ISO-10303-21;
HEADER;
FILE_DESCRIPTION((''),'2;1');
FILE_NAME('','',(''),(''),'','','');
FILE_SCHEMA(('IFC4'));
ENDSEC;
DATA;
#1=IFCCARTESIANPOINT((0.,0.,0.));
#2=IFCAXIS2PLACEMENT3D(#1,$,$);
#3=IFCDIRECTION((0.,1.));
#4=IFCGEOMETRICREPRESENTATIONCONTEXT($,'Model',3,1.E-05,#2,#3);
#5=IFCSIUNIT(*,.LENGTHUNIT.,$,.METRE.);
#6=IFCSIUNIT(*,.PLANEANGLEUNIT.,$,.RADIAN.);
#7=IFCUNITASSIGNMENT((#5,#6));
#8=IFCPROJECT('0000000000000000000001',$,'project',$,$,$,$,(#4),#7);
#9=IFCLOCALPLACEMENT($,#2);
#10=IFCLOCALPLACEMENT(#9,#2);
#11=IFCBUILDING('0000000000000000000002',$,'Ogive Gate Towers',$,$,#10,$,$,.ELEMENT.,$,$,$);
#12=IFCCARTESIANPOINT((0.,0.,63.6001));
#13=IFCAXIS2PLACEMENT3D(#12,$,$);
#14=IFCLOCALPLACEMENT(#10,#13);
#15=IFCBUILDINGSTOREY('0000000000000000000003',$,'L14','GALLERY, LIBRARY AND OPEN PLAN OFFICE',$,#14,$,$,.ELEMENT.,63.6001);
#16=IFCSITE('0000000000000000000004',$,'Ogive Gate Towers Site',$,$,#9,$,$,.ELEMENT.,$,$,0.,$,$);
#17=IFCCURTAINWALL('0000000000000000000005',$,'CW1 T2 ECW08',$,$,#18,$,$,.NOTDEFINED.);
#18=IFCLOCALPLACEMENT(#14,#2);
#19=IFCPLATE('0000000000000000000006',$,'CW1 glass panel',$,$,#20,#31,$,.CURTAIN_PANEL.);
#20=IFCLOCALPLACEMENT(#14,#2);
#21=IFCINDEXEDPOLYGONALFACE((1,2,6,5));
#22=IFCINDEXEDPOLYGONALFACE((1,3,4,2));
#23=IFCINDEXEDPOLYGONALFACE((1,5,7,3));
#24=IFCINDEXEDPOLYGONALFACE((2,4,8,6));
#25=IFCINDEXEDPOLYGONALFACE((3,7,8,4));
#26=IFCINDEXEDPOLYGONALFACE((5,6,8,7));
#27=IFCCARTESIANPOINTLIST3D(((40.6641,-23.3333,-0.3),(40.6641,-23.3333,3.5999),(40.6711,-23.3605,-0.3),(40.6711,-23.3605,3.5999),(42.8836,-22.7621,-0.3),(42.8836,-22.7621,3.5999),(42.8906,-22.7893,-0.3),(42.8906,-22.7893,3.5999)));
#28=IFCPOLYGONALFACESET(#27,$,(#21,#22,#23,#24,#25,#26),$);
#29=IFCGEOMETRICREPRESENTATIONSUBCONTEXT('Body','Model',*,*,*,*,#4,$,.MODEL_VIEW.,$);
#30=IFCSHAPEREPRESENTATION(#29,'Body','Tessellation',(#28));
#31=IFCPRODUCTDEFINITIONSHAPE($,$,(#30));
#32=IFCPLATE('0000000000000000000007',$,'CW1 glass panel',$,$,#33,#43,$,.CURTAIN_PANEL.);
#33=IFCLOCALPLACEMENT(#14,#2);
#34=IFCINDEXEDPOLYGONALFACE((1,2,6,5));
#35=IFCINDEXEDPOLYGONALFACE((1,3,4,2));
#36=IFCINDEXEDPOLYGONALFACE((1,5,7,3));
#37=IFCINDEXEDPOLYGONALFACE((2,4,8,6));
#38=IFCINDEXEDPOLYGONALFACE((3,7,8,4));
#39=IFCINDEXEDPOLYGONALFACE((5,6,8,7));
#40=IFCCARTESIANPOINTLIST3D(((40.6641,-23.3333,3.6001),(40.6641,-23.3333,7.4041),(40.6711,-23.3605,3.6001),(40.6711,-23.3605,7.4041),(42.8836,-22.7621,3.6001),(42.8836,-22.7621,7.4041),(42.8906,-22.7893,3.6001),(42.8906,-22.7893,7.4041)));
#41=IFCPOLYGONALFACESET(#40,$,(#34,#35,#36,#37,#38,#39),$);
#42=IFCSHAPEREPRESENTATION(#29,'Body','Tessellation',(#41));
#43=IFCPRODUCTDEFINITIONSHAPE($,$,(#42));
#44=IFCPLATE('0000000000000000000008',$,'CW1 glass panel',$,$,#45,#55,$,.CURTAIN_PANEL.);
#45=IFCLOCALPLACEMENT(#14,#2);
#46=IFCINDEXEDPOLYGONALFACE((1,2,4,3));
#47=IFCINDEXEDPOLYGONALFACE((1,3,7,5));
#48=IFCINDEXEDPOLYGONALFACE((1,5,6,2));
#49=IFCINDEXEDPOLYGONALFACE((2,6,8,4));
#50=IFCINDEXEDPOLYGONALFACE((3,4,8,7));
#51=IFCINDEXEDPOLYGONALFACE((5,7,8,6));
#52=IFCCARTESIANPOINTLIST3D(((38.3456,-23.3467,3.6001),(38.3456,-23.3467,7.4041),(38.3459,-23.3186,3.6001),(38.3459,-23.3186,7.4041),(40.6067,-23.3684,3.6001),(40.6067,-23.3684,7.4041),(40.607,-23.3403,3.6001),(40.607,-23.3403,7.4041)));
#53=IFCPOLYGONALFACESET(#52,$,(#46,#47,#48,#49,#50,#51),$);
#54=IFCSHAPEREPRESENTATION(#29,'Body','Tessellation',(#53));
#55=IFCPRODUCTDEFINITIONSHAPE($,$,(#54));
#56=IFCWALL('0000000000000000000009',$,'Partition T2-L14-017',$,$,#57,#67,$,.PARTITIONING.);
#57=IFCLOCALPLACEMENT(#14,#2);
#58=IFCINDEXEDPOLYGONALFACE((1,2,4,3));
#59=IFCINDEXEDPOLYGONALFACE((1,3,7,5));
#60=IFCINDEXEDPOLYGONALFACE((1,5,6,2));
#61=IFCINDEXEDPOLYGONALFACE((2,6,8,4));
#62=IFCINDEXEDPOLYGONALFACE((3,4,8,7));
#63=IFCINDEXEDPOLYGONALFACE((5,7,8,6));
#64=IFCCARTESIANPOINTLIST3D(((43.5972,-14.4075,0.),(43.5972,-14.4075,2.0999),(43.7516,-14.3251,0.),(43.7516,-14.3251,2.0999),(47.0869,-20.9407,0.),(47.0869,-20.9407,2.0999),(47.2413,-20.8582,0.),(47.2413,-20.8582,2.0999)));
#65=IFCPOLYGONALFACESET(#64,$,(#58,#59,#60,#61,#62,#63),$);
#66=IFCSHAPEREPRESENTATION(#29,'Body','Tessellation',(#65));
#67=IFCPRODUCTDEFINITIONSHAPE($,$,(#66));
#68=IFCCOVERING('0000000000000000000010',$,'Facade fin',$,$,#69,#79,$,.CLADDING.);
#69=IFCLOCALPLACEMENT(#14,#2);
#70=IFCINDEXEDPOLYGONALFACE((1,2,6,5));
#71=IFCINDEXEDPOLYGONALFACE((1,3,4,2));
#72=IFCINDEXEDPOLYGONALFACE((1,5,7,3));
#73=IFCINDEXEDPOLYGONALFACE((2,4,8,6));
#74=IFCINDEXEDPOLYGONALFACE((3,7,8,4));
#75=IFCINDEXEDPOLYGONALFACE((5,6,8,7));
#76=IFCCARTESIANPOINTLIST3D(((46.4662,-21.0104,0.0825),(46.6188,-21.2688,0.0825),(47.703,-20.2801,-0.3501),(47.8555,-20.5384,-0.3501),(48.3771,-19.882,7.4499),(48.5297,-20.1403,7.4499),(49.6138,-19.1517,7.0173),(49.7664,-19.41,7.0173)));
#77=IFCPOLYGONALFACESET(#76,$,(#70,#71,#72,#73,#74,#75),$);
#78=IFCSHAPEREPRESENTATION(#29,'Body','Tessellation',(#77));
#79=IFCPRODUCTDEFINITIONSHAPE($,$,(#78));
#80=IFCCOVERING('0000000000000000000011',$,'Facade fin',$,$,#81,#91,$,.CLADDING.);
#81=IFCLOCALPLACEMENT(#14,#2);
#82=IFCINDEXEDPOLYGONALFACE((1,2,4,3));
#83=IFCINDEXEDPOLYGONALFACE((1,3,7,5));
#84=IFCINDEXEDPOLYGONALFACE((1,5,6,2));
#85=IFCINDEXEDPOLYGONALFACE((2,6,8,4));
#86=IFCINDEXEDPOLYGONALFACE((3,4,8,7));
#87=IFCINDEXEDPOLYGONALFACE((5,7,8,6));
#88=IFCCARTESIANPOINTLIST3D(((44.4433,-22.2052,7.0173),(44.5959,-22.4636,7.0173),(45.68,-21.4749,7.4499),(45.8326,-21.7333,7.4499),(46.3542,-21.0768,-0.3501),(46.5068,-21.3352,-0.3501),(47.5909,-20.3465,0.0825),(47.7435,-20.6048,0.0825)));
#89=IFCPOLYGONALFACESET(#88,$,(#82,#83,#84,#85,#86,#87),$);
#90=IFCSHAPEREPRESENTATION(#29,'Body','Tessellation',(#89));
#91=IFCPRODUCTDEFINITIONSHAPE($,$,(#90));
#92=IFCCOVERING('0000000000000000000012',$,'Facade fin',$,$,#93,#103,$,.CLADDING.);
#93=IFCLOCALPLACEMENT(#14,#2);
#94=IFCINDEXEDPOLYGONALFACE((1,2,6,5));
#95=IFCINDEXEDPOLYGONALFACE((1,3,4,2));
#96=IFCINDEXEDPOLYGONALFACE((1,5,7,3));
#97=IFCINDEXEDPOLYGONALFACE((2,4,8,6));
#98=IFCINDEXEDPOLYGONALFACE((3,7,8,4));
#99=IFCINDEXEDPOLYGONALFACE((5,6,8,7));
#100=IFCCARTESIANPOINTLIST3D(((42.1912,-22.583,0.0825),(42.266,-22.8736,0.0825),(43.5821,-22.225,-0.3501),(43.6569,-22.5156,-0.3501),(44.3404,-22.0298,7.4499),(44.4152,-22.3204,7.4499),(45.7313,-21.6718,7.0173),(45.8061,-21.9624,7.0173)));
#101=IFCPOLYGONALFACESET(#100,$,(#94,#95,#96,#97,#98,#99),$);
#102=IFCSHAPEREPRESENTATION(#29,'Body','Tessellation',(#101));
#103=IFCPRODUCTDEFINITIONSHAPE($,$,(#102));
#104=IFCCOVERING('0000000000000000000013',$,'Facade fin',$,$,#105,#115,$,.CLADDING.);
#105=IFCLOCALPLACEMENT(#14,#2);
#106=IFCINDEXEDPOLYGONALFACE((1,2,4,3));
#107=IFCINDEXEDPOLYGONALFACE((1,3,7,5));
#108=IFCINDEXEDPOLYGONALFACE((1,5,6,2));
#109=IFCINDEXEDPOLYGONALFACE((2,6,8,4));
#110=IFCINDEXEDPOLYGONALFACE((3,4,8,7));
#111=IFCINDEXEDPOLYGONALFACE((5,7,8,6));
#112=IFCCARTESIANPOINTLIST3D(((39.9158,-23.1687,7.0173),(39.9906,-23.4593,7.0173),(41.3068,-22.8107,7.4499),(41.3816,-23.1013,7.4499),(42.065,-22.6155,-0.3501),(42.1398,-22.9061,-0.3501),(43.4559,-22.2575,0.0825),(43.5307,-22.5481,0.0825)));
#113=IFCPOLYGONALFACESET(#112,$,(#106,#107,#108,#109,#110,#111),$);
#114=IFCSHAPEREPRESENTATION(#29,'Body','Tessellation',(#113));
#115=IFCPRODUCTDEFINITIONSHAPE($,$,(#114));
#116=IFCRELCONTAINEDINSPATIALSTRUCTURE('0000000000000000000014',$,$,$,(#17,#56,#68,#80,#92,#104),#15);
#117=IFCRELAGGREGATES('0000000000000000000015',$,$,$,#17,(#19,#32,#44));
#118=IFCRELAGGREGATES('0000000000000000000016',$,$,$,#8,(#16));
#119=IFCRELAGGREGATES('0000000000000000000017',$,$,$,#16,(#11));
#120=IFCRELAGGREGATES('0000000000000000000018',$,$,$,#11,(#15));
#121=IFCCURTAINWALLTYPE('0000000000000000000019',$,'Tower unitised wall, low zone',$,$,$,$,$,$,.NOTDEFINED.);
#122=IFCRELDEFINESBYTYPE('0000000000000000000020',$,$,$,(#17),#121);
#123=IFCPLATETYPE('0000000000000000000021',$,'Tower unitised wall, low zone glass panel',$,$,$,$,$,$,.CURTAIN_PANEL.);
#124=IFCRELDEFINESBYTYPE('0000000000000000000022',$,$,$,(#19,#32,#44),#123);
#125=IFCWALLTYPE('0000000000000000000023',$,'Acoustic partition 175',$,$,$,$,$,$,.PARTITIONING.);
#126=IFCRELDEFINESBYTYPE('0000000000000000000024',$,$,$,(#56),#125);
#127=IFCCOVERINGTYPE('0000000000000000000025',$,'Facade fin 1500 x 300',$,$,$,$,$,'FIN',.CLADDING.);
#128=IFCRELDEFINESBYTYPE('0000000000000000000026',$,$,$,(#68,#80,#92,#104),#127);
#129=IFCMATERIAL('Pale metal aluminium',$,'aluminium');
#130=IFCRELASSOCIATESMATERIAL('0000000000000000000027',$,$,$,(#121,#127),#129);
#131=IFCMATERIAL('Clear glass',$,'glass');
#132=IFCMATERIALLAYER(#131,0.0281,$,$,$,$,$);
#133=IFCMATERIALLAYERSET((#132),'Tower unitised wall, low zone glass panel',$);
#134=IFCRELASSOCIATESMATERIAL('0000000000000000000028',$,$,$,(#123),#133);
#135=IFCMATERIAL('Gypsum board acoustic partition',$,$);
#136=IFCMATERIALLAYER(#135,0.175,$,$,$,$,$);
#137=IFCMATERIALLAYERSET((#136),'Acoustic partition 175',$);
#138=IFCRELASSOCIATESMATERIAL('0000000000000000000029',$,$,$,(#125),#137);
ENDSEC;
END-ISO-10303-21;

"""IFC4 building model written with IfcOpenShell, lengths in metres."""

from ifc_helpers import new_model, si_unit, direction, frame, frame_2d, origin, origin_2d, place, context, subcontext, project, spatial, rectangle, extrude, material, layer, layer_set, material_profile, profile_set, type_object, element, aggregate, save


model = new_model("IFC4")

# Units and contexts
model_context = context("Model", 3, precision=1e-05, world=origin(), true_north=direction((0.0, 1.0)))
body_context = subcontext(model_context, "Body", "Model", "MODEL_VIEW")
ifc_project = project(units=[si_unit("LENGTHUNIT", "METRE"), si_unit("PLANEANGLEUNIT", "RADIAN")], contexts=[model_context])

# Site, building, storey
site_placement = place(None, origin())
site = spatial("IfcSite", under=ifc_project, at=site_placement, Name="Ogive Gate Towers Site", CompositionType="ELEMENT", RefElevation=0.0)
building_placement = place(site_placement, origin())
building = spatial("IfcBuilding", under=site, at=building_placement, Name="Ogive Gate Towers", CompositionType="ELEMENT")
storey_placement = place(building_placement, frame((0.0, 0.0, 63.6001)))
storey = spatial("IfcBuildingStorey", under=building, at=storey_placement, Name="L14", Description="GALLERY, LIBRARY AND OPEN PLAN OFFICE", CompositionType="ELEMENT", Elevation=63.6001)

# Curtain wall, plates
ifc_material_1 = material(Name="Pale metal aluminium", Category="aluminium")
curtain_wall_type = type_object("IfcCurtainWallType", Name="Tower unitised wall, low zone", PredefinedType="NOTDEFINED", material=ifc_material_1)
curtain_wall_placement = place(storey_placement, origin())
curtain_wall = element("IfcCurtainWall", 1, at=curtain_wall_placement, inside=storey, type_object=curtain_wall_type, Name="CW1 T2 ECW08", PredefinedType="NOTDEFINED")
ifc_material_2 = material(Name="Clear glass", Category="glass")
ifc_layer_1 = layer(ifc_material_2, 0.0281)
ifc_layer_set_1 = layer_set([ifc_layer_1], Name="Tower unitised wall, low zone glass panel")
plate_type = type_object("IfcPlateType", Name="Tower unitised wall, low zone glass panel", PredefinedType="CURTAIN_PANEL", material=ifc_layer_set_1)
plate_1_placement = place(storey_placement, frame((41.7773, -23.0613, -0.3), z_axis=(0.0, 0.0, 1.0), x_axis=(-0.96844, -0.249248, 0.0)))
plate_1 = element("IfcPlate", 2, at=plate_1_placement, type_object=plate_type, Name="CW1 glass panel", PredefinedType="CURTAIN_PANEL", context=body_context, shape_type="SweptSolid", body=[
    extrude(rectangle(XDim=2.2917, YDim=0.0281, at=origin_2d()), origin(), (0.0, 0.0, 1.0), 3.8999),
])
plate_2_placement = place(storey_placement, frame((41.7773, -23.0613, 3.6001), z_axis=(0.0, 0.0, 1.0), x_axis=(-0.96844, -0.249248, 0.0)))
plate_2 = element("IfcPlate", 3, at=plate_2_placement, type_object=plate_type, Name="CW1 glass panel", PredefinedType="CURTAIN_PANEL", context=body_context, shape_type="SweptSolid", body=[
    extrude(rectangle(XDim=2.2917, YDim=0.0281, at=origin_2d()), origin(), (0.0, 0.0, 1.0), 3.804),
])
plate_3_placement = place(storey_placement, frame((39.4763, -23.3435, 3.6001), z_axis=(0.0, 0.0, 1.0), x_axis=(-0.999954, 0.009582, 0.0)))
plate_3 = element("IfcPlate", 4, at=plate_3_placement, type_object=plate_type, Name="CW1 glass panel", PredefinedType="CURTAIN_PANEL", context=body_context, shape_type="SweptSolid", body=[
    extrude(rectangle(XDim=2.2612, YDim=0.0281, at=origin_2d()), origin(), (0.0, 0.0, 1.0), 3.804),
])
aggregate(curtain_wall, [plate_1, plate_2, plate_3])

# Wall
ifc_material_3 = material(Name="Gypsum board acoustic partition")
ifc_layer_2 = layer(ifc_material_3, 0.175)
ifc_layer_set_2 = layer_set([ifc_layer_2], Name="Acoustic partition 175")
wall_type = type_object("IfcWallType", Name="Acoustic partition 175", PredefinedType="PARTITIONING", material=ifc_layer_set_2)
wall_placement = place(storey_placement, frame((47.1641, -20.8994, 0.0), z_axis=(0.0, 0.0, 1.0), x_axis=(-0.471153, 0.882052, 0.0)))
element("IfcWall", 5, at=wall_placement, inside=storey, type_object=wall_type, Name="Partition T2-L14-017", PredefinedType="PARTITIONING", context=body_context, shape_type="SweptSolid", body=[
    extrude(rectangle(XDim=7.4067, YDim=0.175, at=frame_2d((3.7034, 0.0))), origin(), (0.0, 0.0, 1.0), 2.0999),
])

# Coverings
ifc_material_profile_1 = material_profile(ifc_material_1, rectangle(XDim=0.3, YDim=1.5, at=origin_2d()), Name="1500 x 300 pale metal aluminium")
ifc_profile_set_1 = profile_set([ifc_material_profile_1], Name="Pale metal aluminium")
covering_type = type_object("IfcCoveringType", Name="Facade fin 1500 x 300", ElementType="FIN", PredefinedType="CLADDING", material=ifc_profile_set_1)
for number, where, z_axis, x_axis, name in (
    (6, (47.1609, -20.7744, -0.1338), (0.248348, 0.146654, 0.957505), (-0.508481, 0.861073, 0.0), "Facade fin"),
    (7, (47.0488, -20.8408, -0.1338), (-0.248348, -0.146654, 0.957505), (0.508481, -0.861073, 0.0), "Facade fin"),
    (8, (42.9241, -22.5493, -0.1338), (0.279316, 0.071899, 0.957504), (-0.249286, 0.96843, 0.0), "Facade fin"),
    (9, (42.7979, -22.5818, -0.1338), (-0.279316, -0.071899, 0.957504), (0.249286, -0.96843, 0.0), "Facade fin"),
):
    element("IfcCovering", number, at=place(storey_placement, frame(where, z_axis=z_axis, x_axis=x_axis)), inside=storey, type_object=covering_type, Name=name, PredefinedType="CLADDING", context=body_context, shape_type="SweptSolid", body=[
        extrude(rectangle(XDim=0.3, YDim=1.5, at=origin_2d()), origin(), (0.0, 0.0, 1.0), 7.6943),
    ])

save(model, "model.ifc")
